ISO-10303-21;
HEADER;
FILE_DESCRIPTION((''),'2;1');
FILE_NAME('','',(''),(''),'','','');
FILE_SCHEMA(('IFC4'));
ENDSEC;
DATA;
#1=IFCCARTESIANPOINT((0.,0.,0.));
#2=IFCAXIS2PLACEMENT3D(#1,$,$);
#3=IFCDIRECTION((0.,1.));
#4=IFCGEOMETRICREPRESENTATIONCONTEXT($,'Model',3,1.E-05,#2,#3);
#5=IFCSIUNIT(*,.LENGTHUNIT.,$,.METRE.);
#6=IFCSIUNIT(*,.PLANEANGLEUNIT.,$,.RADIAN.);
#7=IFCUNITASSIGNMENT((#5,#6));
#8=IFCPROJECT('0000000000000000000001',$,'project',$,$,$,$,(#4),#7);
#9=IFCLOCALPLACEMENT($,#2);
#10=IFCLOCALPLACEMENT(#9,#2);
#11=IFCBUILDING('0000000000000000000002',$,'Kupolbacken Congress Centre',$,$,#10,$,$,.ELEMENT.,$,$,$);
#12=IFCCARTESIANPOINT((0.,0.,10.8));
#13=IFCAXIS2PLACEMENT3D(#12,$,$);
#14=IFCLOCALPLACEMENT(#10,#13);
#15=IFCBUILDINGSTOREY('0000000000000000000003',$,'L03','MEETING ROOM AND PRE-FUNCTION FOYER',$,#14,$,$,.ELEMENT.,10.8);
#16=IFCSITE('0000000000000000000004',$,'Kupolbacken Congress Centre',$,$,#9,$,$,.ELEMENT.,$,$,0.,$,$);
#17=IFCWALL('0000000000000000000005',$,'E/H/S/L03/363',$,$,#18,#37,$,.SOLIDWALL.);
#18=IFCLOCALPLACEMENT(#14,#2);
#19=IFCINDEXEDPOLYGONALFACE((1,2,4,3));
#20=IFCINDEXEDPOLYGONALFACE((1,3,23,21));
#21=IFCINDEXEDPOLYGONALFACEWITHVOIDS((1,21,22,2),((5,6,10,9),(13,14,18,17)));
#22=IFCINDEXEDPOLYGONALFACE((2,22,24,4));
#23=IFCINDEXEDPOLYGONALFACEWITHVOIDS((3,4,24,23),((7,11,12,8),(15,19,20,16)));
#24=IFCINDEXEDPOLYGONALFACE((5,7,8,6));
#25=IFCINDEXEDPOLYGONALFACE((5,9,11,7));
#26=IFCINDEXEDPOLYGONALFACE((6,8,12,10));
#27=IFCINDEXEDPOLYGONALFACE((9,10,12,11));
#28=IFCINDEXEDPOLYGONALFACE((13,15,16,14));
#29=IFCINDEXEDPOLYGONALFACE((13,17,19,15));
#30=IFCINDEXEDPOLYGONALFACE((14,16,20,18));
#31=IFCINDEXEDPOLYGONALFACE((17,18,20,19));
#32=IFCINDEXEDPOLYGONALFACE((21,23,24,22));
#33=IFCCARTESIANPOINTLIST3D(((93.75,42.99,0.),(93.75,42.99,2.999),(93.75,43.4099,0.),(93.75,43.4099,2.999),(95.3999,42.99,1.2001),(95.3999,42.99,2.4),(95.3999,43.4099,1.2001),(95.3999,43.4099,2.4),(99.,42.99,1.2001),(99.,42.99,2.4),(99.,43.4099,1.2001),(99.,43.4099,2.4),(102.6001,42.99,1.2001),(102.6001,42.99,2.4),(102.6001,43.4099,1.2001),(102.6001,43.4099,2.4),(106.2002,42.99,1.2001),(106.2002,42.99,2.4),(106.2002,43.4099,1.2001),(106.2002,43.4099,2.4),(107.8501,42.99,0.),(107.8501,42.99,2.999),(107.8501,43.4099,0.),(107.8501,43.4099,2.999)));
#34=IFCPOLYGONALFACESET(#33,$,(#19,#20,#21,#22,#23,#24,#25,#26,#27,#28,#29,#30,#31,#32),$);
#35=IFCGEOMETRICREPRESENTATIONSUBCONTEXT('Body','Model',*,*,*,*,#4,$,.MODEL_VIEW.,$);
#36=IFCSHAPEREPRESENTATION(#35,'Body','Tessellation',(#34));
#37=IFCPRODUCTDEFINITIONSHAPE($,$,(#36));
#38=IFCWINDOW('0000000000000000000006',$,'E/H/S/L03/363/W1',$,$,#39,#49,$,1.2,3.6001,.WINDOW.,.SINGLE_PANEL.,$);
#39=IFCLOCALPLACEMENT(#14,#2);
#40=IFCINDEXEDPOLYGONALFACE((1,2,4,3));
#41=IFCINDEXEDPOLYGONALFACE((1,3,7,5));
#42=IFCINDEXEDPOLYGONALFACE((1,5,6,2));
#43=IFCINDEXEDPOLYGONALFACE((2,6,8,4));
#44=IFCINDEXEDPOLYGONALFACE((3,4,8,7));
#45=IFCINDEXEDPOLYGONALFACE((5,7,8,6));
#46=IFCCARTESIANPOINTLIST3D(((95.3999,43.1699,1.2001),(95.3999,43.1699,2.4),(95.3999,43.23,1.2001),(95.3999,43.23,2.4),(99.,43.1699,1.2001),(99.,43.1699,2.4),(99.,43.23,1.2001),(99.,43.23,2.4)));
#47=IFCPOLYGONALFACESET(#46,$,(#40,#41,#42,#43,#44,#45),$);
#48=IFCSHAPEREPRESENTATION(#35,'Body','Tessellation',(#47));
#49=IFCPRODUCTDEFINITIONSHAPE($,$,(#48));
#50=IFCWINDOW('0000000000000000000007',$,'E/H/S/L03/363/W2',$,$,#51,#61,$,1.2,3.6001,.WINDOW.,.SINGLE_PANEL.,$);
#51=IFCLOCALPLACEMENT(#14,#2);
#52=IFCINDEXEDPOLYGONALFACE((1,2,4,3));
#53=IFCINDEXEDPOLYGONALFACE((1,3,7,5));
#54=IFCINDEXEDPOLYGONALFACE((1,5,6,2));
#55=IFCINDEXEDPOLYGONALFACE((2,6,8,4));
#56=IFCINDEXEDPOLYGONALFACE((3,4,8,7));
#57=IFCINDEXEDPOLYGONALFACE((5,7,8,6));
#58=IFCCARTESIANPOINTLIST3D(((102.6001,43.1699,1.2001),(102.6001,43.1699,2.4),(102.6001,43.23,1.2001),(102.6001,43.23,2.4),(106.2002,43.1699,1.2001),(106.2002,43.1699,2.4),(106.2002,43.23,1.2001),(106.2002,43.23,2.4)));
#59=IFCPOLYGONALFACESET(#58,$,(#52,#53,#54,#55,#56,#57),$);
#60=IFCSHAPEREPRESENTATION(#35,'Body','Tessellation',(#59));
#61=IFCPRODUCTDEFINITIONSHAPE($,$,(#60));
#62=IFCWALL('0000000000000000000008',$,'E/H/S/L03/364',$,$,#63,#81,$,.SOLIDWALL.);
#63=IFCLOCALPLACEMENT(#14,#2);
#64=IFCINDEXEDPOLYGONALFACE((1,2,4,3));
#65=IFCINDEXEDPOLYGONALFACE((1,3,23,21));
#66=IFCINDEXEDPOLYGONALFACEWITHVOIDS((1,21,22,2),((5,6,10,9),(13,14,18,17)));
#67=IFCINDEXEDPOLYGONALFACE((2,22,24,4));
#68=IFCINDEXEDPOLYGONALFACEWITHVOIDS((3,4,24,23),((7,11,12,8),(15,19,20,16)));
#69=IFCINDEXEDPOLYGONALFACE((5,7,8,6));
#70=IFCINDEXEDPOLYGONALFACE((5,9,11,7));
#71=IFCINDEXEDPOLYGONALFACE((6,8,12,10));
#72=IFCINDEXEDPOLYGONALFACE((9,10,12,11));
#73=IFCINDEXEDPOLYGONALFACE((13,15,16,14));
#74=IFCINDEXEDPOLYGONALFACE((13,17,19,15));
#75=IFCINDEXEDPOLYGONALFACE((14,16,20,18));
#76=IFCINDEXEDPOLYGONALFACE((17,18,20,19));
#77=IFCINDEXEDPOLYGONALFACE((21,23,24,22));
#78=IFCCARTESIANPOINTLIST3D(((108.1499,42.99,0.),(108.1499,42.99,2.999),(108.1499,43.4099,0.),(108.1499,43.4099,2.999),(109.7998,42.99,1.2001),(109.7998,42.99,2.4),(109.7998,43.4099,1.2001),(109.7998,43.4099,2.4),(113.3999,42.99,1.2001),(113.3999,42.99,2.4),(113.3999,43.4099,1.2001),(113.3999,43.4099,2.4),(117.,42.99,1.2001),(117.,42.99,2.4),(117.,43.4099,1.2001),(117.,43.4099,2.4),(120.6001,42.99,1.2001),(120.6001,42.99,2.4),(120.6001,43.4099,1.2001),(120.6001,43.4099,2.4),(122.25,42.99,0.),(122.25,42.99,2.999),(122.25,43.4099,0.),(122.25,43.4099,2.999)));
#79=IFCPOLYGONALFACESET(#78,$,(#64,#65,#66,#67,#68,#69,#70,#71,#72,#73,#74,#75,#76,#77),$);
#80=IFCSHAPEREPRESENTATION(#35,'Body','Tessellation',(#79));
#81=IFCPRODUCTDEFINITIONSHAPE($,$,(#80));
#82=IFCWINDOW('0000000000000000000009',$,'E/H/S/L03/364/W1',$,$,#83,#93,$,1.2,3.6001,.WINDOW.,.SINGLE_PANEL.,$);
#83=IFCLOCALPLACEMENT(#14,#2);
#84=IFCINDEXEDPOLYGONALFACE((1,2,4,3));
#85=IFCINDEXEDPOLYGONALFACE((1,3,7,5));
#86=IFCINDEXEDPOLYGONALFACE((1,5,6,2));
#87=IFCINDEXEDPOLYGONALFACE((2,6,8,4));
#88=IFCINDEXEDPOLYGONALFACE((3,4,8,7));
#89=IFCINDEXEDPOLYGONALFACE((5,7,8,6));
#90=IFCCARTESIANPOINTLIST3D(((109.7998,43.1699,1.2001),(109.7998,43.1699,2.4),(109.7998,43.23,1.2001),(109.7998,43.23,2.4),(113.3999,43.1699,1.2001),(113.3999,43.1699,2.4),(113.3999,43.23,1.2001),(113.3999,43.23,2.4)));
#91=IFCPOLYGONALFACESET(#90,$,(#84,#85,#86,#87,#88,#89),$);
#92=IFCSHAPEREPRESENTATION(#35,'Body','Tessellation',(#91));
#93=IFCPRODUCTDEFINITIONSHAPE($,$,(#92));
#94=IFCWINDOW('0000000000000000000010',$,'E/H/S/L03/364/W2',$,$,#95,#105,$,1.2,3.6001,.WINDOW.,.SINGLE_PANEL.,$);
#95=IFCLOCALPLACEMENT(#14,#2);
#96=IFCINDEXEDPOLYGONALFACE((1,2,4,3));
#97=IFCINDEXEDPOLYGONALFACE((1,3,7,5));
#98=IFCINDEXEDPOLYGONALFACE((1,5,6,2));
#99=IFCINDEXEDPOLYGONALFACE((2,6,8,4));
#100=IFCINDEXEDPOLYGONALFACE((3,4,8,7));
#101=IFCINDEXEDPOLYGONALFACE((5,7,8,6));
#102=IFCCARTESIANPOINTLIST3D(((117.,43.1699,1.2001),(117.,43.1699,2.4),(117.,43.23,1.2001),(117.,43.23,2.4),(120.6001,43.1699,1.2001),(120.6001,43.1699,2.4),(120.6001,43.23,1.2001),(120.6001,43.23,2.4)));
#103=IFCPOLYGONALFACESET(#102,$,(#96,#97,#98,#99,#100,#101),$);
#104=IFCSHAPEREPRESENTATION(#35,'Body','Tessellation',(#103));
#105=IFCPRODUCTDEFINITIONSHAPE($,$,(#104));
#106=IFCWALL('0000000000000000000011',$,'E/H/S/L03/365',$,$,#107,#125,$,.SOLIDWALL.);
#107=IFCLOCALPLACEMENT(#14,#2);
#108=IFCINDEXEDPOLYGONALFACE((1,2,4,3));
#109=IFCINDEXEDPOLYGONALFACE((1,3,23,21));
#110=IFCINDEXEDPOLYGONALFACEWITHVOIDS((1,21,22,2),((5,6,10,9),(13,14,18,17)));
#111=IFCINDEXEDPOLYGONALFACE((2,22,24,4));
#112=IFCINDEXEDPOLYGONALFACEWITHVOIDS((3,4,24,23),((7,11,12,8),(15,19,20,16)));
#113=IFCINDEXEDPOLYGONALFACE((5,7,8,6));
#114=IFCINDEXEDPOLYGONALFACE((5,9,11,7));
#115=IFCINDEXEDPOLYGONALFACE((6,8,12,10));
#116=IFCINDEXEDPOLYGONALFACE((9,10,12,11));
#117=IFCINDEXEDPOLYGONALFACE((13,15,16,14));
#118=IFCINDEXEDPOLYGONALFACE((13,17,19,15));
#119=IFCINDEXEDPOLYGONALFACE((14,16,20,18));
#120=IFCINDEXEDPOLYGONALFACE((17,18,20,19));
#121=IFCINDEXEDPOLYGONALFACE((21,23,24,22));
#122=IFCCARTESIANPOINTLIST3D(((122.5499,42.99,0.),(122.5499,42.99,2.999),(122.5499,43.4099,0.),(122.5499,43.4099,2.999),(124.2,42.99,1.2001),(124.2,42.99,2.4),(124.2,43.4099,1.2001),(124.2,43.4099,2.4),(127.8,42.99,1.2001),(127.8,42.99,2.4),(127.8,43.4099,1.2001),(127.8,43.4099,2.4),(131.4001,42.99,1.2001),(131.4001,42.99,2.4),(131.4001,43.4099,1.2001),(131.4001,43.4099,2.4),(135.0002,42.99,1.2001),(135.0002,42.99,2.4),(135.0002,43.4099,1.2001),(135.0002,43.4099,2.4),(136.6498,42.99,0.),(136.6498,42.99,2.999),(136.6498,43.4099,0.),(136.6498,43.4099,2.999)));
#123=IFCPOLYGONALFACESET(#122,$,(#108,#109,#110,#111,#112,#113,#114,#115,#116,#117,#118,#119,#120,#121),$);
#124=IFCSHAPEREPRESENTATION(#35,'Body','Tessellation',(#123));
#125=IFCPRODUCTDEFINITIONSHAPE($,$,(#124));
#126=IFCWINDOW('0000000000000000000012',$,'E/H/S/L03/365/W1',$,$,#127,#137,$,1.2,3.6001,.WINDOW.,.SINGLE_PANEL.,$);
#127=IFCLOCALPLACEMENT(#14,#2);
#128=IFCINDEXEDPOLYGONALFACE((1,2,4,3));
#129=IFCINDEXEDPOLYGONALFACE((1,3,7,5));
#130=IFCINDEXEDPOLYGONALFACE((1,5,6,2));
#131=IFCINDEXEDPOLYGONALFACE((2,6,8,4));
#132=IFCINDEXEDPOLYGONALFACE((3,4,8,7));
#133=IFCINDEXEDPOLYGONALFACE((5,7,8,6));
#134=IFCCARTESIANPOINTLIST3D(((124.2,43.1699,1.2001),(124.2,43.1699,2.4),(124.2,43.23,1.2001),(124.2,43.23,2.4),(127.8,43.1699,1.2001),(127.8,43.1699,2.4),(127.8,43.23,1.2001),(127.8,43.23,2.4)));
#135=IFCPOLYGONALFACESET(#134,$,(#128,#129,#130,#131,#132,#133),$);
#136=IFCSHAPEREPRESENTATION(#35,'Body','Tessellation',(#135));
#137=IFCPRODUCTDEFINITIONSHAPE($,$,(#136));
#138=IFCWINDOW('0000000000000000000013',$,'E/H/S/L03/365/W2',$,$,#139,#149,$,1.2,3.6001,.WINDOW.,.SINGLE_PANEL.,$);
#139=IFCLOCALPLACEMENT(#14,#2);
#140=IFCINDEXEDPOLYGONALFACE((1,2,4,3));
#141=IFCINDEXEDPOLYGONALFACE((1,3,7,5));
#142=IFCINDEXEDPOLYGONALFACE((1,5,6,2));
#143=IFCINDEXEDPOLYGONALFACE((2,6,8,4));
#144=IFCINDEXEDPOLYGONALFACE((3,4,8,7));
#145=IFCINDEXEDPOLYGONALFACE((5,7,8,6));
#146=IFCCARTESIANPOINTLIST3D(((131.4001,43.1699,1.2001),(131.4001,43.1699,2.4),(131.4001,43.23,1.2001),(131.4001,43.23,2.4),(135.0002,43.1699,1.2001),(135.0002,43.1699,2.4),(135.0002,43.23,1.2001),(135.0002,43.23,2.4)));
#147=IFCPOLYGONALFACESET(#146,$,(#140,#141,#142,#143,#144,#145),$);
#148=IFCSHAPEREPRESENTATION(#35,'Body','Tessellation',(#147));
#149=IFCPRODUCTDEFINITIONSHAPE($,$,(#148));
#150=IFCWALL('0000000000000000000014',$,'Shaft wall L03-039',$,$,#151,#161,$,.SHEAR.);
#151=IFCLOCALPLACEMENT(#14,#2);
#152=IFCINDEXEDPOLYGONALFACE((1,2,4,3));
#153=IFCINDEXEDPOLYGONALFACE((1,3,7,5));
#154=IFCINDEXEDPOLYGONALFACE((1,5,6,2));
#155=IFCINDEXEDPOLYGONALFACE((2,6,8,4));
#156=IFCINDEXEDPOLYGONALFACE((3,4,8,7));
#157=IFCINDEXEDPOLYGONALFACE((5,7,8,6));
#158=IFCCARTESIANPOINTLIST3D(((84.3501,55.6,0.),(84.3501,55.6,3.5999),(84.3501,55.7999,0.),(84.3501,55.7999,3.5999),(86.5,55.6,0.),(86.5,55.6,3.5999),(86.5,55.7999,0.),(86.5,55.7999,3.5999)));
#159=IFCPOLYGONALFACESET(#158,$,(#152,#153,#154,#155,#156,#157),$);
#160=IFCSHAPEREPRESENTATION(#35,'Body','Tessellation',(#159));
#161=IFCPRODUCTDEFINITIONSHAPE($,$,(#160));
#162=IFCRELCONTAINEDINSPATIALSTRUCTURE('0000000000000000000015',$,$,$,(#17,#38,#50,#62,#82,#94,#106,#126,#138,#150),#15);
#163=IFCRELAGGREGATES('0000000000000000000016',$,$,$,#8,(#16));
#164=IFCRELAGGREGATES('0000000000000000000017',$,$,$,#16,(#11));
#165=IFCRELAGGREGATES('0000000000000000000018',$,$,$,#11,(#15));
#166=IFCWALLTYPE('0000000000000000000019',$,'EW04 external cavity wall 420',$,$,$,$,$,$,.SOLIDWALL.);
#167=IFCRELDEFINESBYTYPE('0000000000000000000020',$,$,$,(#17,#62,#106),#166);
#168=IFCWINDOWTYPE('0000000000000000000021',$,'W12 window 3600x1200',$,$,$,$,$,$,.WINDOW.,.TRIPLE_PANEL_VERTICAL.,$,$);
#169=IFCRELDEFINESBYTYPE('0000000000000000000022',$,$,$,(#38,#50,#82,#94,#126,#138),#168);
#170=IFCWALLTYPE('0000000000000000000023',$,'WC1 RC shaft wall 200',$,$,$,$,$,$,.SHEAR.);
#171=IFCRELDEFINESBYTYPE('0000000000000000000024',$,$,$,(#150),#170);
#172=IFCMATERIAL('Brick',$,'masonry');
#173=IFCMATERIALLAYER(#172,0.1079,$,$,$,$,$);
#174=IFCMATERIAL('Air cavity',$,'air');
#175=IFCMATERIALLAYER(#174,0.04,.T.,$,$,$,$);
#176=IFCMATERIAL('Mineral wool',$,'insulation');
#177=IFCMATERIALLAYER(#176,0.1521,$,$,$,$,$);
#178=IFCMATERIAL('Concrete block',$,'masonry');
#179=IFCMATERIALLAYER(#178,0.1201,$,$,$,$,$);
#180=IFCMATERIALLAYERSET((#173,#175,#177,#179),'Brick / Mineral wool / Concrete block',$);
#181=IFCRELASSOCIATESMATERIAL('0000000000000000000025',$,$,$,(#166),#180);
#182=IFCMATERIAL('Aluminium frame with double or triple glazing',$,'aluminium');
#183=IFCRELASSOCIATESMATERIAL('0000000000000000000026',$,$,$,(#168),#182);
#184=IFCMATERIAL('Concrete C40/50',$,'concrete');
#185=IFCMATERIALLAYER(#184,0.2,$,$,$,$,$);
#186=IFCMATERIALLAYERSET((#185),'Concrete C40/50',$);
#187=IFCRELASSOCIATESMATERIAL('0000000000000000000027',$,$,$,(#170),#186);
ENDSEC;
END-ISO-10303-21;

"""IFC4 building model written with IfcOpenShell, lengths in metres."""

from ifc_helpers import new_model, si_unit, direction, frame, frame_2d, origin, place, context, subcontext, project, spatial, rectangle, extrude, material, layer, layer_set, type_object, element, fill, save


model = new_model("IFC4")

# Units and contexts
model_context = context("Model", 3, precision=1e-05, world=origin(), true_north=direction((0.0, 1.0)))
body_context = subcontext(model_context, "Body", "Model", "MODEL_VIEW")
ifc_project = project(units=[si_unit("LENGTHUNIT", "METRE"), si_unit("PLANEANGLEUNIT", "RADIAN")], contexts=[model_context])

# Site, building, storey
site_placement = place(None, origin())
site = spatial("IfcSite", under=ifc_project, at=site_placement, Name="Kupolbacken Congress Centre", CompositionType="ELEMENT", RefElevation=0.0)
building_placement = place(site_placement, origin())
building = spatial("IfcBuilding", under=site, at=building_placement, Name="Kupolbacken Congress Centre", CompositionType="ELEMENT")
storey_placement = place(building_placement, frame((0.0, 0.0, 10.8)))
storey = spatial("IfcBuildingStorey", under=building, at=storey_placement, Name="L03", Description="MEETING ROOM AND PRE-FUNCTION FOYER", CompositionType="ELEMENT", Elevation=10.8)

# Shared definitions
ifc_material_1 = material(Name="Brick", Category="masonry")
ifc_layer_1 = layer(ifc_material_1, 0.1079)
ifc_material_2 = material(Name="Air cavity", Category="air")
ifc_layer_2 = layer(ifc_material_2, 0.04, ventilated=True)
ifc_material_3 = material(Name="Mineral wool", Category="insulation")
ifc_layer_3 = layer(ifc_material_3, 0.1521)
ifc_material_4 = material(Name="Concrete block", Category="masonry")
ifc_layer_4 = layer(ifc_material_4, 0.1201)
ifc_layer_set_1 = layer_set([ifc_layer_1, ifc_layer_2, ifc_layer_3, ifc_layer_4], Name="Brick / Mineral wool / Concrete block")
wall_type_1 = type_object("IfcWallType", Name="EW04 external cavity wall 420", PredefinedType="SOLIDWALL", material=ifc_layer_set_1)
ifc_material_5 = material(Name="Aluminium frame with double or triple glazing", Category="aluminium")
window_type = type_object("IfcWindowType", Name="W12 window 3600x1200", PartitioningType="TRIPLE_PANEL_VERTICAL", PredefinedType="WINDOW", material=ifc_material_5)

# Walls, openings, windows
wall_1_placement = place(storey_placement, frame((93.75, 43.2, 0.0), z_axis=(0.0, 0.0, 1.0), x_axis=(1.0, 0.0, 0.0)))
wall_1 = element("IfcWall", 1, at=wall_1_placement, inside=storey, type_object=wall_type_1, Name="E/H/S/L03/363", PredefinedType="SOLIDWALL", context=body_context, shape_type="SweptSolid", body=[
    extrude(rectangle(XDim=14.1001, YDim=0.4199, at=frame_2d((7.05, 0.0))), origin(), (0.0, 0.0, 1.0), 2.999),
])
opening_1_placement = place(wall_1_placement, frame((1.6499, 0.0, 1.2)))
opening_1 = element("IfcOpeningElement", 2, at=opening_1_placement, cuts=wall_1, PredefinedType="OPENING", context=body_context, shape_type="SweptSolid", body=[
    extrude(rectangle(XDim=3.6001, YDim=1.2, at=frame_2d((1.8, 0.6001))), frame((0.0, 0.22, 0.0), z_axis=(0.0, -1.0, 0.0), x_axis=(1.0, 0.0, 0.0)), (0.0, 0.0, 1.0), 0.4399),
])
opening_2_placement = place(wall_1_placement, frame((8.8501, 0.0, 1.2)))
opening_2 = element("IfcOpeningElement", 3, at=opening_2_placement, cuts=wall_1, PredefinedType="OPENING", context=body_context, shape_type="SweptSolid", body=[
    extrude(rectangle(XDim=3.6001, YDim=1.2, at=frame_2d((1.8, 0.6001))), frame((0.0, 0.22, 0.0), z_axis=(0.0, -1.0, 0.0), x_axis=(1.0, 0.0, 0.0)), (0.0, 0.0, 1.0), 0.4399),
])
window_1_placement = place(opening_1_placement, origin())
window_1 = element("IfcWindow", 4, at=window_1_placement, inside=storey, type_object=window_type, Name="E/H/S/L03/363/W1", OverallHeight=1.2, OverallWidth=3.6001, PartitioningType="SINGLE_PANEL", PredefinedType="WINDOW", context=body_context, shape_type="SweptSolid", body=[
    extrude(rectangle(XDim=3.6001, YDim=1.2, at=frame_2d((1.8, 0.6001))), frame((0.0, 0.03, 0.0), z_axis=(0.0, -1.0, 0.0), x_axis=(1.0, 0.0, 0.0)), (0.0, 0.0, 1.0), 0.0601),
])
fill(opening_1, window_1)
window_2_placement = place(opening_2_placement, origin())
window_2 = element("IfcWindow", 5, at=window_2_placement, inside=storey, type_object=window_type, Name="E/H/S/L03/363/W2", OverallHeight=1.2, OverallWidth=3.6001, PartitioningType="SINGLE_PANEL", PredefinedType="WINDOW", context=body_context, shape_type="SweptSolid", body=[
    extrude(rectangle(XDim=3.6001, YDim=1.2, at=frame_2d((1.8, 0.6001))), frame((0.0, 0.03, 0.0), z_axis=(0.0, -1.0, 0.0), x_axis=(1.0, 0.0, 0.0)), (0.0, 0.0, 1.0), 0.0601),
])
fill(opening_2, window_2)
wall_2_placement = place(storey_placement, frame((108.1499, 43.2, 0.0), z_axis=(0.0, 0.0, 1.0), x_axis=(1.0, 0.0, 0.0)))
wall_2 = element("IfcWall", 6, at=wall_2_placement, inside=storey, type_object=wall_type_1, Name="E/H/S/L03/364", PredefinedType="SOLIDWALL", context=body_context, shape_type="SweptSolid", body=[
    extrude(rectangle(XDim=14.1001, YDim=0.4199, at=frame_2d((7.05, 0.0))), origin(), (0.0, 0.0, 1.0), 2.999),
])
opening_3_placement = place(wall_2_placement, frame((1.6499, 0.0, 1.2)))
opening_3 = element("IfcOpeningElement", 7, at=opening_3_placement, cuts=wall_2, PredefinedType="OPENING", context=body_context, shape_type="SweptSolid", body=[
    extrude(rectangle(XDim=3.6001, YDim=1.2, at=frame_2d((1.8, 0.6001))), frame((0.0, 0.22, 0.0), z_axis=(0.0, -1.0, 0.0), x_axis=(1.0, 0.0, 0.0)), (0.0, 0.0, 1.0), 0.4399),
])
opening_4_placement = place(wall_2_placement, frame((8.8501, 0.0, 1.2)))
opening_4 = element("IfcOpeningElement", 8, at=opening_4_placement, cuts=wall_2, PredefinedType="OPENING", context=body_context, shape_type="SweptSolid", body=[
    extrude(rectangle(XDim=3.6001, YDim=1.2, at=frame_2d((1.8, 0.6001))), frame((0.0, 0.22, 0.0), z_axis=(0.0, -1.0, 0.0), x_axis=(1.0, 0.0, 0.0)), (0.0, 0.0, 1.0), 0.4399),
])
window_3_placement = place(opening_3_placement, origin())
window_3 = element("IfcWindow", 9, at=window_3_placement, inside=storey, type_object=window_type, Name="E/H/S/L03/364/W1", OverallHeight=1.2, OverallWidth=3.6001, PartitioningType="SINGLE_PANEL", PredefinedType="WINDOW", context=body_context, shape_type="SweptSolid", body=[
    extrude(rectangle(XDim=3.6001, YDim=1.2, at=frame_2d((1.8, 0.6001))), frame((0.0, 0.03, 0.0), z_axis=(0.0, -1.0, 0.0), x_axis=(1.0, 0.0, 0.0)), (0.0, 0.0, 1.0), 0.0601),
])
fill(opening_3, window_3)
window_4_placement = place(opening_4_placement, origin())
window_4 = element("IfcWindow", 10, at=window_4_placement, inside=storey, type_object=window_type, Name="E/H/S/L03/364/W2", OverallHeight=1.2, OverallWidth=3.6001, PartitioningType="SINGLE_PANEL", PredefinedType="WINDOW", context=body_context, shape_type="SweptSolid", body=[
    extrude(rectangle(XDim=3.6001, YDim=1.2, at=frame_2d((1.8, 0.6001))), frame((0.0, 0.03, 0.0), z_axis=(0.0, -1.0, 0.0), x_axis=(1.0, 0.0, 0.0)), (0.0, 0.0, 1.0), 0.0601),
])
fill(opening_4, window_4)
wall_3_placement = place(storey_placement, frame((122.55, 43.2, 0.0), z_axis=(0.0, 0.0, 1.0), x_axis=(1.0, 0.0, 0.0)))
wall_3 = element("IfcWall", 11, at=wall_3_placement, inside=storey, type_object=wall_type_1, Name="E/H/S/L03/365", PredefinedType="SOLIDWALL", context=body_context, shape_type="SweptSolid", body=[
    extrude(rectangle(XDim=14.0999, YDim=0.4199, at=frame_2d((7.0498, 0.0))), origin(), (0.0, 0.0, 1.0), 2.999),
])
opening_5_placement = place(wall_3_placement, frame((1.6499, 0.0, 1.2)))
opening_5 = element("IfcOpeningElement", 12, at=opening_5_placement, cuts=wall_3, PredefinedType="OPENING", context=body_context, shape_type="SweptSolid", body=[
    extrude(rectangle(XDim=3.6001, YDim=1.2, at=frame_2d((1.8, 0.6001))), frame((0.0, 0.22, 0.0), z_axis=(0.0, -1.0, 0.0), x_axis=(1.0, 0.0, 0.0)), (0.0, 0.0, 1.0), 0.4399),
])
opening_6_placement = place(wall_3_placement, frame((8.8501, 0.0, 1.2)))
opening_6 = element("IfcOpeningElement", 13, at=opening_6_placement, cuts=wall_3, PredefinedType="OPENING", context=body_context, shape_type="SweptSolid", body=[
    extrude(rectangle(XDim=3.6001, YDim=1.2, at=frame_2d((1.8, 0.6001))), frame((0.0, 0.22, 0.0), z_axis=(0.0, -1.0, 0.0), x_axis=(1.0, 0.0, 0.0)), (0.0, 0.0, 1.0), 0.4399),
])
window_5_placement = place(opening_5_placement, origin())
window_5 = element("IfcWindow", 14, at=window_5_placement, inside=storey, type_object=window_type, Name="E/H/S/L03/365/W1", OverallHeight=1.2, OverallWidth=3.6001, PartitioningType="SINGLE_PANEL", PredefinedType="WINDOW", context=body_context, shape_type="SweptSolid", body=[
    extrude(rectangle(XDim=3.6001, YDim=1.2, at=frame_2d((1.8, 0.6001))), frame((0.0, 0.03, 0.0), z_axis=(0.0, -1.0, 0.0), x_axis=(1.0, 0.0, 0.0)), (0.0, 0.0, 1.0), 0.0601),
])
fill(opening_5, window_5)
window_6_placement = place(opening_6_placement, origin())
window_6 = element("IfcWindow", 15, at=window_6_placement, inside=storey, type_object=window_type, Name="E/H/S/L03/365/W2", OverallHeight=1.2, OverallWidth=3.6001, PartitioningType="SINGLE_PANEL", PredefinedType="WINDOW", context=body_context, shape_type="SweptSolid", body=[
    extrude(rectangle(XDim=3.6001, YDim=1.2, at=frame_2d((1.8, 0.6001))), frame((0.0, 0.03, 0.0), z_axis=(0.0, -1.0, 0.0), x_axis=(1.0, 0.0, 0.0)), (0.0, 0.0, 1.0), 0.0601),
])
fill(opening_6, window_6)

# Wall
ifc_material_6 = material(Name="Concrete C40/50", Category="concrete")
ifc_layer_5 = layer(ifc_material_6, 0.2)
ifc_layer_set_2 = layer_set([ifc_layer_5], Name="Concrete C40/50")
wall_type_2 = type_object("IfcWallType", Name="WC1 RC shaft wall 200", PredefinedType="SHEAR", material=ifc_layer_set_2)
wall_4_placement = place(storey_placement, frame((86.5, 55.7, 0.0), z_axis=(0.0, 0.0, 1.0), x_axis=(-1.0, 0.0, 0.0)))
element("IfcWall", 16, at=wall_4_placement, inside=storey, type_object=wall_type_2, Name="Shaft wall L03-039", PredefinedType="SHEAR", context=body_context, shape_type="SweptSolid", body=[
    extrude(rectangle(XDim=2.1499, YDim=0.2, at=frame_2d((1.075, 0.0))), origin(), (0.0, 0.0, 1.0), 3.5999),
])

save(model, "model.ifc")
